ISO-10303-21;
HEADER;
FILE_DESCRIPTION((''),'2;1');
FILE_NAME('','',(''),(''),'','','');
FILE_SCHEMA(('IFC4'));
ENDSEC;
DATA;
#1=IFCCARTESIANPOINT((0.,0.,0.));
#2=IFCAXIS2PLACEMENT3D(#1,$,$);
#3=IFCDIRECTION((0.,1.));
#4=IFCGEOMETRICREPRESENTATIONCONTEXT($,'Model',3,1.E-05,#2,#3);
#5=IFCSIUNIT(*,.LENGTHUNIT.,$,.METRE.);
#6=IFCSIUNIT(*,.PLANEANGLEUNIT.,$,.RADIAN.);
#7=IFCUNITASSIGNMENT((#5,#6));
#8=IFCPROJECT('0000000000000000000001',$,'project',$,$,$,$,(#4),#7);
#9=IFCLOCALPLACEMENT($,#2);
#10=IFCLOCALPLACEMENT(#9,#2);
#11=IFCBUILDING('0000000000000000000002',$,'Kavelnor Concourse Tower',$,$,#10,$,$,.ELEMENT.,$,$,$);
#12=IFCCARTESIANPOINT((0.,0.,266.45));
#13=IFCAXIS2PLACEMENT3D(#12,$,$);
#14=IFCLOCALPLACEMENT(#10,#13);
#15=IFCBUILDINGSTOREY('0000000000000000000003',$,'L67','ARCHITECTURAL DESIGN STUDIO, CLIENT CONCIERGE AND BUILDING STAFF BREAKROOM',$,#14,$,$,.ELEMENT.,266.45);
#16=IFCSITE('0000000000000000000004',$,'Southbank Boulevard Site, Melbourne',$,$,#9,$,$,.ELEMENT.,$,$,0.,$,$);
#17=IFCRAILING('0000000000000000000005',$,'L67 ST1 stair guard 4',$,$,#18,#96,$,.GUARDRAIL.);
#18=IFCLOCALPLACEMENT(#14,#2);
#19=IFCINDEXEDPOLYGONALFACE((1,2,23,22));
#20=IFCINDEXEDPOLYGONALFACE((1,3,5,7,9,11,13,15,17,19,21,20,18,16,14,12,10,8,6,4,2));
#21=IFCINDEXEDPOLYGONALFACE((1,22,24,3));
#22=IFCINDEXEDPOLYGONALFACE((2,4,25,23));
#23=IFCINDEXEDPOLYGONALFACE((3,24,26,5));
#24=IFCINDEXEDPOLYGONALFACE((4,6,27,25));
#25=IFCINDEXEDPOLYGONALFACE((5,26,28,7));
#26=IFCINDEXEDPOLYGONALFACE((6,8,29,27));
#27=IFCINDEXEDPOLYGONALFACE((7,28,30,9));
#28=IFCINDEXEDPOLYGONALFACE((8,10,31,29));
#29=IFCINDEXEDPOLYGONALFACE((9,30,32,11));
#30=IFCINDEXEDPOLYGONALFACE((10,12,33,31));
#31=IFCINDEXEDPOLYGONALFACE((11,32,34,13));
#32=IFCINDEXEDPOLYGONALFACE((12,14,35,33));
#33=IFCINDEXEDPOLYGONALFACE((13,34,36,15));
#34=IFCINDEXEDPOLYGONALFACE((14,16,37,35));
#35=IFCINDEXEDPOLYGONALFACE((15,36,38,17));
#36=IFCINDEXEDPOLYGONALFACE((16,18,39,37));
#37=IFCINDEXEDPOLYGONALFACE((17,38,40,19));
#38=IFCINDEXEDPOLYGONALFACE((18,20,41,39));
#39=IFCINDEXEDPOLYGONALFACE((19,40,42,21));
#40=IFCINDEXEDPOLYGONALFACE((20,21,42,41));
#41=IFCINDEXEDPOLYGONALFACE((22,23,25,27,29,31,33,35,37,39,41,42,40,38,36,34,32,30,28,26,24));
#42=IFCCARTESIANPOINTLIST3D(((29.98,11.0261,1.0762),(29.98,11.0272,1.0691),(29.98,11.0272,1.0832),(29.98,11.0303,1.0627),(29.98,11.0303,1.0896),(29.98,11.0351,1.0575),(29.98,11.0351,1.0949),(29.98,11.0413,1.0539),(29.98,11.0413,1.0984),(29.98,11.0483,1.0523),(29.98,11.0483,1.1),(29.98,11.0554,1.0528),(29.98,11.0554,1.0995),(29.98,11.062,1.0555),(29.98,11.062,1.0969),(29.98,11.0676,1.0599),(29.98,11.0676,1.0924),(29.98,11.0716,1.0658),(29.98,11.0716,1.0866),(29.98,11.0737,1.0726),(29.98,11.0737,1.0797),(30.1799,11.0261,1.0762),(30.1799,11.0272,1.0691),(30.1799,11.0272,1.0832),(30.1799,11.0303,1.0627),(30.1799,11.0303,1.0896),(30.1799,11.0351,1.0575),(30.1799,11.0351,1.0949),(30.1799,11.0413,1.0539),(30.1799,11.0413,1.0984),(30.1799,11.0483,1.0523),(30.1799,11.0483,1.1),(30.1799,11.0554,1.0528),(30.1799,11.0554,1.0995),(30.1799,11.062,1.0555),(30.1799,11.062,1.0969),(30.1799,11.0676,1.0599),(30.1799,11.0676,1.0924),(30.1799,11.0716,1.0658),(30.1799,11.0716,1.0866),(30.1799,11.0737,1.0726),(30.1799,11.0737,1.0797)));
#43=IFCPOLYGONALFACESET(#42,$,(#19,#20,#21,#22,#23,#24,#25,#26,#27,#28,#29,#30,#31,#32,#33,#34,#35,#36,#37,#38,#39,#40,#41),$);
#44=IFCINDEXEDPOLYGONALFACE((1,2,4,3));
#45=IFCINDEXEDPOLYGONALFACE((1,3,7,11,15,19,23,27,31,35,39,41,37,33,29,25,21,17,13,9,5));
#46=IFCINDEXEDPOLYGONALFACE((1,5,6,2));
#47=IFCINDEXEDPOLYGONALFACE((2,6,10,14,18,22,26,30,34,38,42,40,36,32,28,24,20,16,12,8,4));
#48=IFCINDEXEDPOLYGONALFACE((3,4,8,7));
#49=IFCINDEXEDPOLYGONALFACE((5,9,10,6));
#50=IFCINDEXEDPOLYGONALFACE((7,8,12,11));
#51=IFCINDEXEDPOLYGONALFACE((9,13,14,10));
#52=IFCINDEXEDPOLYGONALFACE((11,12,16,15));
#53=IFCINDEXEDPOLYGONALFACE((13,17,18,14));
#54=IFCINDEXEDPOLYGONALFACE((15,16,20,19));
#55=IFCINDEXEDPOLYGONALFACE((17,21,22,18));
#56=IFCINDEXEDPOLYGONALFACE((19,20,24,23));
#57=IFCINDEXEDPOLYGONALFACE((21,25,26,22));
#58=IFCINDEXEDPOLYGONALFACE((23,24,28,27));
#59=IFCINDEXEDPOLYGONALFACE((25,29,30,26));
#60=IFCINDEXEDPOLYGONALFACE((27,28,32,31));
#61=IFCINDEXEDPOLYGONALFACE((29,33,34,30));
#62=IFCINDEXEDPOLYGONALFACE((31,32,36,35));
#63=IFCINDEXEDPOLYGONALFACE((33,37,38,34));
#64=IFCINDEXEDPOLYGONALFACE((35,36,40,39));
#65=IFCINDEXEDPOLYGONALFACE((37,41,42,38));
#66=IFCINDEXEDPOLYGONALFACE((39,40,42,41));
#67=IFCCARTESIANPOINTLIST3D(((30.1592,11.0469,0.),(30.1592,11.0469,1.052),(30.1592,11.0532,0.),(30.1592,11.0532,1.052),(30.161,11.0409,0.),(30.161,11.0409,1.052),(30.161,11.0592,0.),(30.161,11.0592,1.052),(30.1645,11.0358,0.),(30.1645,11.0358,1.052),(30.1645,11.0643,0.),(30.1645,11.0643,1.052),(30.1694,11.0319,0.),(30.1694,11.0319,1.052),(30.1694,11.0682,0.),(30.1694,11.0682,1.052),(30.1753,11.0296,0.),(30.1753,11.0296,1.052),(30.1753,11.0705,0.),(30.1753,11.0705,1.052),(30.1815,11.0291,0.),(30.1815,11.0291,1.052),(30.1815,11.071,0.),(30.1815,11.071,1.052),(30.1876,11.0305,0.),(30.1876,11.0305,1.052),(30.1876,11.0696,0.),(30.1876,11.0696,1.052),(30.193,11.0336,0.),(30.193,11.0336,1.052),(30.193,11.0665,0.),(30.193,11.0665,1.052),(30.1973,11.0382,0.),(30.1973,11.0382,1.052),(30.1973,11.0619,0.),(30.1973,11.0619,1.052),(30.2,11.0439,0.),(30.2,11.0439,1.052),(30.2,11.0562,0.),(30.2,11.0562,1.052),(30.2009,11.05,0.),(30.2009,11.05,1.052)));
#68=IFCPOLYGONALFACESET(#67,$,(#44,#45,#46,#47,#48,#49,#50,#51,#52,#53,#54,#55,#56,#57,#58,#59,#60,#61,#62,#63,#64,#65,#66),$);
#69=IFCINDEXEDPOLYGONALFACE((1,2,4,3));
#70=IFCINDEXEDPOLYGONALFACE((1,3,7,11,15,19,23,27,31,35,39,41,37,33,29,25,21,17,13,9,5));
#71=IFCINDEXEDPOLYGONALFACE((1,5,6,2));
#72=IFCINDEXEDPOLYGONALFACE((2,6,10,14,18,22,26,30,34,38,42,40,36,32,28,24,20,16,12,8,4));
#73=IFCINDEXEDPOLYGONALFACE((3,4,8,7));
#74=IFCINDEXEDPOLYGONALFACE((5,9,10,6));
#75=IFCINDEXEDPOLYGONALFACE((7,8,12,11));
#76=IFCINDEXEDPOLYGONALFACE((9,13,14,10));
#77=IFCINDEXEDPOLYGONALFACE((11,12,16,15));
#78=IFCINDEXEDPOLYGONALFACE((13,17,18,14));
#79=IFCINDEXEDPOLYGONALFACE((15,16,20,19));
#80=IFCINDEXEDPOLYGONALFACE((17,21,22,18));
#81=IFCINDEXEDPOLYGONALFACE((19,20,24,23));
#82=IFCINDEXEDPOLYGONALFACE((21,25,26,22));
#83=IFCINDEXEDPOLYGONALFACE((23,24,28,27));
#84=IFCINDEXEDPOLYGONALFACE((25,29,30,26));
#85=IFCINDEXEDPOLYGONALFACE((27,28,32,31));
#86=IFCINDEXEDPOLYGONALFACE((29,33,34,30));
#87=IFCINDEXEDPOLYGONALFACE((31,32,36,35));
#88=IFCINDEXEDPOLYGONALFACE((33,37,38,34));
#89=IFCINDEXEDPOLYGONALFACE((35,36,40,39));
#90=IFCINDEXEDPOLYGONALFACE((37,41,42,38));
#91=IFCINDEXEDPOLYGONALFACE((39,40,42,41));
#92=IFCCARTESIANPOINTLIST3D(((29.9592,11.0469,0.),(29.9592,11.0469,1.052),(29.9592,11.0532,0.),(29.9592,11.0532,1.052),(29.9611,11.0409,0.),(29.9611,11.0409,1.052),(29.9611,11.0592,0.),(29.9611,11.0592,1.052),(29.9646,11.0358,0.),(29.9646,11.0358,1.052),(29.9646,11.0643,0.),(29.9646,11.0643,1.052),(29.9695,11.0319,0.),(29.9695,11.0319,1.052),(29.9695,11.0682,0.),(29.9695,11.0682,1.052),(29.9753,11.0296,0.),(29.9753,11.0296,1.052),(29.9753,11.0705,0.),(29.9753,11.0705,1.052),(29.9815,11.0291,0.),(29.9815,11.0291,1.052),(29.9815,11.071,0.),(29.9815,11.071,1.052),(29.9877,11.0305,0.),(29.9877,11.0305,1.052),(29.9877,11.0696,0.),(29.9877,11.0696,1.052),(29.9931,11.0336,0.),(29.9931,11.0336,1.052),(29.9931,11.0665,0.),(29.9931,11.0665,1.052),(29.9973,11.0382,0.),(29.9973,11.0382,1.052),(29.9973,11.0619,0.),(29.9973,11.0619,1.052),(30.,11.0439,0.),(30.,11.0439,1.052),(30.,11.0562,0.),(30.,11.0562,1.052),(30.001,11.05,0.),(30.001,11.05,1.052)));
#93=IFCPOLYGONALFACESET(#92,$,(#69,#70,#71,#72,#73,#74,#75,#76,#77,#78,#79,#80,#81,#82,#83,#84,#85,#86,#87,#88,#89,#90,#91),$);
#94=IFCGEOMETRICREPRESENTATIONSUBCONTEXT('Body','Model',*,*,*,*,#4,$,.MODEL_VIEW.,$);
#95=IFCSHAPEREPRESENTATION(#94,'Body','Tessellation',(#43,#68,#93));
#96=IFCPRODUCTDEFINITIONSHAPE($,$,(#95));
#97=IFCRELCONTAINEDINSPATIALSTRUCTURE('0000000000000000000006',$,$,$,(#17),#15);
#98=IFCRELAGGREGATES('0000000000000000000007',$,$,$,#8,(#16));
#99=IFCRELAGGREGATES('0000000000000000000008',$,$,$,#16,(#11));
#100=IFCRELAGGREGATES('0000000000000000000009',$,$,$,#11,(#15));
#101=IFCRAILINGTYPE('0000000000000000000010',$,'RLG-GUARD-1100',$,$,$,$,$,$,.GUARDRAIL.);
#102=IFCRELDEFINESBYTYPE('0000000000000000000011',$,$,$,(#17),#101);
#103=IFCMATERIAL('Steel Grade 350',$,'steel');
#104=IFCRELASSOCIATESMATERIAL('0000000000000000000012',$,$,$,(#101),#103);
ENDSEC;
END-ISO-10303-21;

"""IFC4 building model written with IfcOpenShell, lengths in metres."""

from ifc_helpers import new_model, si_unit, direction, frame, origin, origin_2d, place, context, subcontext, project, spatial, circle, extrude, material, type_object, element, save


model = new_model("IFC4")

# Units and contexts
model_context = context("Model", 3, precision=1e-05, world=origin(), true_north=direction((0.0, 1.0)))
body_context = subcontext(model_context, "Body", "Model", "MODEL_VIEW")
ifc_project = project(units=[si_unit("LENGTHUNIT", "METRE"), si_unit("PLANEANGLEUNIT", "RADIAN")], contexts=[model_context])

# Site, building, storey
site_placement = place(None, origin())
site = spatial("IfcSite", under=ifc_project, at=site_placement, Name="Southbank Boulevard Site, Melbourne", CompositionType="ELEMENT", RefElevation=0.0)
building_placement = place(site_placement, origin())
building = spatial("IfcBuilding", under=site, at=building_placement, Name="Kavelnor Concourse Tower", CompositionType="ELEMENT")
storey_placement = place(building_placement, frame((0.0, 0.0, 266.45)))
storey = spatial("IfcBuildingStorey", under=building, at=storey_placement, Name="L67", Description="ARCHITECTURAL DESIGN STUDIO, CLIENT CONCIERGE AND BUILDING STAFF BREAKROOM", CompositionType="ELEMENT", Elevation=266.45)

# Shared definitions
ifc_material_1 = material(Name="Steel Grade 350", Category="steel")

# Railing
railing_type_1 = type_object("IfcRailingType", Name="RLG-GUARD-1100", PredefinedType="GUARDRAIL", material=ifc_material_1)
railing_1_placement = place(storey_placement, frame((30.1799, 11.05, 0.0)))
element("IfcRailing", 1, at=railing_1_placement, inside=storey, type_object=railing_type_1, Name="L67 ST1 stair guard 4", PredefinedType="GUARDRAIL", context=body_context, shape_type="SweptSolid", body=[
    extrude(circle(Radius=0.0239, at=origin_2d()), frame((0.0, 0.0, 1.0762), z_axis=(-1.0, 0.0, 0.0), x_axis=(0.0, -1.0, 0.0)), (0.0, 0.0, 1.0), 0.2),
    extrude(circle(Radius=0.021, at=origin_2d()), origin(), (0.0, 0.0, 1.0), 1.052),
    extrude(circle(Radius=0.021, at=origin_2d()), frame((-0.2, 0.0, 0.0)), (0.0, 0.0, 1.0), 1.052),
])

save(model, "model.ifc")
